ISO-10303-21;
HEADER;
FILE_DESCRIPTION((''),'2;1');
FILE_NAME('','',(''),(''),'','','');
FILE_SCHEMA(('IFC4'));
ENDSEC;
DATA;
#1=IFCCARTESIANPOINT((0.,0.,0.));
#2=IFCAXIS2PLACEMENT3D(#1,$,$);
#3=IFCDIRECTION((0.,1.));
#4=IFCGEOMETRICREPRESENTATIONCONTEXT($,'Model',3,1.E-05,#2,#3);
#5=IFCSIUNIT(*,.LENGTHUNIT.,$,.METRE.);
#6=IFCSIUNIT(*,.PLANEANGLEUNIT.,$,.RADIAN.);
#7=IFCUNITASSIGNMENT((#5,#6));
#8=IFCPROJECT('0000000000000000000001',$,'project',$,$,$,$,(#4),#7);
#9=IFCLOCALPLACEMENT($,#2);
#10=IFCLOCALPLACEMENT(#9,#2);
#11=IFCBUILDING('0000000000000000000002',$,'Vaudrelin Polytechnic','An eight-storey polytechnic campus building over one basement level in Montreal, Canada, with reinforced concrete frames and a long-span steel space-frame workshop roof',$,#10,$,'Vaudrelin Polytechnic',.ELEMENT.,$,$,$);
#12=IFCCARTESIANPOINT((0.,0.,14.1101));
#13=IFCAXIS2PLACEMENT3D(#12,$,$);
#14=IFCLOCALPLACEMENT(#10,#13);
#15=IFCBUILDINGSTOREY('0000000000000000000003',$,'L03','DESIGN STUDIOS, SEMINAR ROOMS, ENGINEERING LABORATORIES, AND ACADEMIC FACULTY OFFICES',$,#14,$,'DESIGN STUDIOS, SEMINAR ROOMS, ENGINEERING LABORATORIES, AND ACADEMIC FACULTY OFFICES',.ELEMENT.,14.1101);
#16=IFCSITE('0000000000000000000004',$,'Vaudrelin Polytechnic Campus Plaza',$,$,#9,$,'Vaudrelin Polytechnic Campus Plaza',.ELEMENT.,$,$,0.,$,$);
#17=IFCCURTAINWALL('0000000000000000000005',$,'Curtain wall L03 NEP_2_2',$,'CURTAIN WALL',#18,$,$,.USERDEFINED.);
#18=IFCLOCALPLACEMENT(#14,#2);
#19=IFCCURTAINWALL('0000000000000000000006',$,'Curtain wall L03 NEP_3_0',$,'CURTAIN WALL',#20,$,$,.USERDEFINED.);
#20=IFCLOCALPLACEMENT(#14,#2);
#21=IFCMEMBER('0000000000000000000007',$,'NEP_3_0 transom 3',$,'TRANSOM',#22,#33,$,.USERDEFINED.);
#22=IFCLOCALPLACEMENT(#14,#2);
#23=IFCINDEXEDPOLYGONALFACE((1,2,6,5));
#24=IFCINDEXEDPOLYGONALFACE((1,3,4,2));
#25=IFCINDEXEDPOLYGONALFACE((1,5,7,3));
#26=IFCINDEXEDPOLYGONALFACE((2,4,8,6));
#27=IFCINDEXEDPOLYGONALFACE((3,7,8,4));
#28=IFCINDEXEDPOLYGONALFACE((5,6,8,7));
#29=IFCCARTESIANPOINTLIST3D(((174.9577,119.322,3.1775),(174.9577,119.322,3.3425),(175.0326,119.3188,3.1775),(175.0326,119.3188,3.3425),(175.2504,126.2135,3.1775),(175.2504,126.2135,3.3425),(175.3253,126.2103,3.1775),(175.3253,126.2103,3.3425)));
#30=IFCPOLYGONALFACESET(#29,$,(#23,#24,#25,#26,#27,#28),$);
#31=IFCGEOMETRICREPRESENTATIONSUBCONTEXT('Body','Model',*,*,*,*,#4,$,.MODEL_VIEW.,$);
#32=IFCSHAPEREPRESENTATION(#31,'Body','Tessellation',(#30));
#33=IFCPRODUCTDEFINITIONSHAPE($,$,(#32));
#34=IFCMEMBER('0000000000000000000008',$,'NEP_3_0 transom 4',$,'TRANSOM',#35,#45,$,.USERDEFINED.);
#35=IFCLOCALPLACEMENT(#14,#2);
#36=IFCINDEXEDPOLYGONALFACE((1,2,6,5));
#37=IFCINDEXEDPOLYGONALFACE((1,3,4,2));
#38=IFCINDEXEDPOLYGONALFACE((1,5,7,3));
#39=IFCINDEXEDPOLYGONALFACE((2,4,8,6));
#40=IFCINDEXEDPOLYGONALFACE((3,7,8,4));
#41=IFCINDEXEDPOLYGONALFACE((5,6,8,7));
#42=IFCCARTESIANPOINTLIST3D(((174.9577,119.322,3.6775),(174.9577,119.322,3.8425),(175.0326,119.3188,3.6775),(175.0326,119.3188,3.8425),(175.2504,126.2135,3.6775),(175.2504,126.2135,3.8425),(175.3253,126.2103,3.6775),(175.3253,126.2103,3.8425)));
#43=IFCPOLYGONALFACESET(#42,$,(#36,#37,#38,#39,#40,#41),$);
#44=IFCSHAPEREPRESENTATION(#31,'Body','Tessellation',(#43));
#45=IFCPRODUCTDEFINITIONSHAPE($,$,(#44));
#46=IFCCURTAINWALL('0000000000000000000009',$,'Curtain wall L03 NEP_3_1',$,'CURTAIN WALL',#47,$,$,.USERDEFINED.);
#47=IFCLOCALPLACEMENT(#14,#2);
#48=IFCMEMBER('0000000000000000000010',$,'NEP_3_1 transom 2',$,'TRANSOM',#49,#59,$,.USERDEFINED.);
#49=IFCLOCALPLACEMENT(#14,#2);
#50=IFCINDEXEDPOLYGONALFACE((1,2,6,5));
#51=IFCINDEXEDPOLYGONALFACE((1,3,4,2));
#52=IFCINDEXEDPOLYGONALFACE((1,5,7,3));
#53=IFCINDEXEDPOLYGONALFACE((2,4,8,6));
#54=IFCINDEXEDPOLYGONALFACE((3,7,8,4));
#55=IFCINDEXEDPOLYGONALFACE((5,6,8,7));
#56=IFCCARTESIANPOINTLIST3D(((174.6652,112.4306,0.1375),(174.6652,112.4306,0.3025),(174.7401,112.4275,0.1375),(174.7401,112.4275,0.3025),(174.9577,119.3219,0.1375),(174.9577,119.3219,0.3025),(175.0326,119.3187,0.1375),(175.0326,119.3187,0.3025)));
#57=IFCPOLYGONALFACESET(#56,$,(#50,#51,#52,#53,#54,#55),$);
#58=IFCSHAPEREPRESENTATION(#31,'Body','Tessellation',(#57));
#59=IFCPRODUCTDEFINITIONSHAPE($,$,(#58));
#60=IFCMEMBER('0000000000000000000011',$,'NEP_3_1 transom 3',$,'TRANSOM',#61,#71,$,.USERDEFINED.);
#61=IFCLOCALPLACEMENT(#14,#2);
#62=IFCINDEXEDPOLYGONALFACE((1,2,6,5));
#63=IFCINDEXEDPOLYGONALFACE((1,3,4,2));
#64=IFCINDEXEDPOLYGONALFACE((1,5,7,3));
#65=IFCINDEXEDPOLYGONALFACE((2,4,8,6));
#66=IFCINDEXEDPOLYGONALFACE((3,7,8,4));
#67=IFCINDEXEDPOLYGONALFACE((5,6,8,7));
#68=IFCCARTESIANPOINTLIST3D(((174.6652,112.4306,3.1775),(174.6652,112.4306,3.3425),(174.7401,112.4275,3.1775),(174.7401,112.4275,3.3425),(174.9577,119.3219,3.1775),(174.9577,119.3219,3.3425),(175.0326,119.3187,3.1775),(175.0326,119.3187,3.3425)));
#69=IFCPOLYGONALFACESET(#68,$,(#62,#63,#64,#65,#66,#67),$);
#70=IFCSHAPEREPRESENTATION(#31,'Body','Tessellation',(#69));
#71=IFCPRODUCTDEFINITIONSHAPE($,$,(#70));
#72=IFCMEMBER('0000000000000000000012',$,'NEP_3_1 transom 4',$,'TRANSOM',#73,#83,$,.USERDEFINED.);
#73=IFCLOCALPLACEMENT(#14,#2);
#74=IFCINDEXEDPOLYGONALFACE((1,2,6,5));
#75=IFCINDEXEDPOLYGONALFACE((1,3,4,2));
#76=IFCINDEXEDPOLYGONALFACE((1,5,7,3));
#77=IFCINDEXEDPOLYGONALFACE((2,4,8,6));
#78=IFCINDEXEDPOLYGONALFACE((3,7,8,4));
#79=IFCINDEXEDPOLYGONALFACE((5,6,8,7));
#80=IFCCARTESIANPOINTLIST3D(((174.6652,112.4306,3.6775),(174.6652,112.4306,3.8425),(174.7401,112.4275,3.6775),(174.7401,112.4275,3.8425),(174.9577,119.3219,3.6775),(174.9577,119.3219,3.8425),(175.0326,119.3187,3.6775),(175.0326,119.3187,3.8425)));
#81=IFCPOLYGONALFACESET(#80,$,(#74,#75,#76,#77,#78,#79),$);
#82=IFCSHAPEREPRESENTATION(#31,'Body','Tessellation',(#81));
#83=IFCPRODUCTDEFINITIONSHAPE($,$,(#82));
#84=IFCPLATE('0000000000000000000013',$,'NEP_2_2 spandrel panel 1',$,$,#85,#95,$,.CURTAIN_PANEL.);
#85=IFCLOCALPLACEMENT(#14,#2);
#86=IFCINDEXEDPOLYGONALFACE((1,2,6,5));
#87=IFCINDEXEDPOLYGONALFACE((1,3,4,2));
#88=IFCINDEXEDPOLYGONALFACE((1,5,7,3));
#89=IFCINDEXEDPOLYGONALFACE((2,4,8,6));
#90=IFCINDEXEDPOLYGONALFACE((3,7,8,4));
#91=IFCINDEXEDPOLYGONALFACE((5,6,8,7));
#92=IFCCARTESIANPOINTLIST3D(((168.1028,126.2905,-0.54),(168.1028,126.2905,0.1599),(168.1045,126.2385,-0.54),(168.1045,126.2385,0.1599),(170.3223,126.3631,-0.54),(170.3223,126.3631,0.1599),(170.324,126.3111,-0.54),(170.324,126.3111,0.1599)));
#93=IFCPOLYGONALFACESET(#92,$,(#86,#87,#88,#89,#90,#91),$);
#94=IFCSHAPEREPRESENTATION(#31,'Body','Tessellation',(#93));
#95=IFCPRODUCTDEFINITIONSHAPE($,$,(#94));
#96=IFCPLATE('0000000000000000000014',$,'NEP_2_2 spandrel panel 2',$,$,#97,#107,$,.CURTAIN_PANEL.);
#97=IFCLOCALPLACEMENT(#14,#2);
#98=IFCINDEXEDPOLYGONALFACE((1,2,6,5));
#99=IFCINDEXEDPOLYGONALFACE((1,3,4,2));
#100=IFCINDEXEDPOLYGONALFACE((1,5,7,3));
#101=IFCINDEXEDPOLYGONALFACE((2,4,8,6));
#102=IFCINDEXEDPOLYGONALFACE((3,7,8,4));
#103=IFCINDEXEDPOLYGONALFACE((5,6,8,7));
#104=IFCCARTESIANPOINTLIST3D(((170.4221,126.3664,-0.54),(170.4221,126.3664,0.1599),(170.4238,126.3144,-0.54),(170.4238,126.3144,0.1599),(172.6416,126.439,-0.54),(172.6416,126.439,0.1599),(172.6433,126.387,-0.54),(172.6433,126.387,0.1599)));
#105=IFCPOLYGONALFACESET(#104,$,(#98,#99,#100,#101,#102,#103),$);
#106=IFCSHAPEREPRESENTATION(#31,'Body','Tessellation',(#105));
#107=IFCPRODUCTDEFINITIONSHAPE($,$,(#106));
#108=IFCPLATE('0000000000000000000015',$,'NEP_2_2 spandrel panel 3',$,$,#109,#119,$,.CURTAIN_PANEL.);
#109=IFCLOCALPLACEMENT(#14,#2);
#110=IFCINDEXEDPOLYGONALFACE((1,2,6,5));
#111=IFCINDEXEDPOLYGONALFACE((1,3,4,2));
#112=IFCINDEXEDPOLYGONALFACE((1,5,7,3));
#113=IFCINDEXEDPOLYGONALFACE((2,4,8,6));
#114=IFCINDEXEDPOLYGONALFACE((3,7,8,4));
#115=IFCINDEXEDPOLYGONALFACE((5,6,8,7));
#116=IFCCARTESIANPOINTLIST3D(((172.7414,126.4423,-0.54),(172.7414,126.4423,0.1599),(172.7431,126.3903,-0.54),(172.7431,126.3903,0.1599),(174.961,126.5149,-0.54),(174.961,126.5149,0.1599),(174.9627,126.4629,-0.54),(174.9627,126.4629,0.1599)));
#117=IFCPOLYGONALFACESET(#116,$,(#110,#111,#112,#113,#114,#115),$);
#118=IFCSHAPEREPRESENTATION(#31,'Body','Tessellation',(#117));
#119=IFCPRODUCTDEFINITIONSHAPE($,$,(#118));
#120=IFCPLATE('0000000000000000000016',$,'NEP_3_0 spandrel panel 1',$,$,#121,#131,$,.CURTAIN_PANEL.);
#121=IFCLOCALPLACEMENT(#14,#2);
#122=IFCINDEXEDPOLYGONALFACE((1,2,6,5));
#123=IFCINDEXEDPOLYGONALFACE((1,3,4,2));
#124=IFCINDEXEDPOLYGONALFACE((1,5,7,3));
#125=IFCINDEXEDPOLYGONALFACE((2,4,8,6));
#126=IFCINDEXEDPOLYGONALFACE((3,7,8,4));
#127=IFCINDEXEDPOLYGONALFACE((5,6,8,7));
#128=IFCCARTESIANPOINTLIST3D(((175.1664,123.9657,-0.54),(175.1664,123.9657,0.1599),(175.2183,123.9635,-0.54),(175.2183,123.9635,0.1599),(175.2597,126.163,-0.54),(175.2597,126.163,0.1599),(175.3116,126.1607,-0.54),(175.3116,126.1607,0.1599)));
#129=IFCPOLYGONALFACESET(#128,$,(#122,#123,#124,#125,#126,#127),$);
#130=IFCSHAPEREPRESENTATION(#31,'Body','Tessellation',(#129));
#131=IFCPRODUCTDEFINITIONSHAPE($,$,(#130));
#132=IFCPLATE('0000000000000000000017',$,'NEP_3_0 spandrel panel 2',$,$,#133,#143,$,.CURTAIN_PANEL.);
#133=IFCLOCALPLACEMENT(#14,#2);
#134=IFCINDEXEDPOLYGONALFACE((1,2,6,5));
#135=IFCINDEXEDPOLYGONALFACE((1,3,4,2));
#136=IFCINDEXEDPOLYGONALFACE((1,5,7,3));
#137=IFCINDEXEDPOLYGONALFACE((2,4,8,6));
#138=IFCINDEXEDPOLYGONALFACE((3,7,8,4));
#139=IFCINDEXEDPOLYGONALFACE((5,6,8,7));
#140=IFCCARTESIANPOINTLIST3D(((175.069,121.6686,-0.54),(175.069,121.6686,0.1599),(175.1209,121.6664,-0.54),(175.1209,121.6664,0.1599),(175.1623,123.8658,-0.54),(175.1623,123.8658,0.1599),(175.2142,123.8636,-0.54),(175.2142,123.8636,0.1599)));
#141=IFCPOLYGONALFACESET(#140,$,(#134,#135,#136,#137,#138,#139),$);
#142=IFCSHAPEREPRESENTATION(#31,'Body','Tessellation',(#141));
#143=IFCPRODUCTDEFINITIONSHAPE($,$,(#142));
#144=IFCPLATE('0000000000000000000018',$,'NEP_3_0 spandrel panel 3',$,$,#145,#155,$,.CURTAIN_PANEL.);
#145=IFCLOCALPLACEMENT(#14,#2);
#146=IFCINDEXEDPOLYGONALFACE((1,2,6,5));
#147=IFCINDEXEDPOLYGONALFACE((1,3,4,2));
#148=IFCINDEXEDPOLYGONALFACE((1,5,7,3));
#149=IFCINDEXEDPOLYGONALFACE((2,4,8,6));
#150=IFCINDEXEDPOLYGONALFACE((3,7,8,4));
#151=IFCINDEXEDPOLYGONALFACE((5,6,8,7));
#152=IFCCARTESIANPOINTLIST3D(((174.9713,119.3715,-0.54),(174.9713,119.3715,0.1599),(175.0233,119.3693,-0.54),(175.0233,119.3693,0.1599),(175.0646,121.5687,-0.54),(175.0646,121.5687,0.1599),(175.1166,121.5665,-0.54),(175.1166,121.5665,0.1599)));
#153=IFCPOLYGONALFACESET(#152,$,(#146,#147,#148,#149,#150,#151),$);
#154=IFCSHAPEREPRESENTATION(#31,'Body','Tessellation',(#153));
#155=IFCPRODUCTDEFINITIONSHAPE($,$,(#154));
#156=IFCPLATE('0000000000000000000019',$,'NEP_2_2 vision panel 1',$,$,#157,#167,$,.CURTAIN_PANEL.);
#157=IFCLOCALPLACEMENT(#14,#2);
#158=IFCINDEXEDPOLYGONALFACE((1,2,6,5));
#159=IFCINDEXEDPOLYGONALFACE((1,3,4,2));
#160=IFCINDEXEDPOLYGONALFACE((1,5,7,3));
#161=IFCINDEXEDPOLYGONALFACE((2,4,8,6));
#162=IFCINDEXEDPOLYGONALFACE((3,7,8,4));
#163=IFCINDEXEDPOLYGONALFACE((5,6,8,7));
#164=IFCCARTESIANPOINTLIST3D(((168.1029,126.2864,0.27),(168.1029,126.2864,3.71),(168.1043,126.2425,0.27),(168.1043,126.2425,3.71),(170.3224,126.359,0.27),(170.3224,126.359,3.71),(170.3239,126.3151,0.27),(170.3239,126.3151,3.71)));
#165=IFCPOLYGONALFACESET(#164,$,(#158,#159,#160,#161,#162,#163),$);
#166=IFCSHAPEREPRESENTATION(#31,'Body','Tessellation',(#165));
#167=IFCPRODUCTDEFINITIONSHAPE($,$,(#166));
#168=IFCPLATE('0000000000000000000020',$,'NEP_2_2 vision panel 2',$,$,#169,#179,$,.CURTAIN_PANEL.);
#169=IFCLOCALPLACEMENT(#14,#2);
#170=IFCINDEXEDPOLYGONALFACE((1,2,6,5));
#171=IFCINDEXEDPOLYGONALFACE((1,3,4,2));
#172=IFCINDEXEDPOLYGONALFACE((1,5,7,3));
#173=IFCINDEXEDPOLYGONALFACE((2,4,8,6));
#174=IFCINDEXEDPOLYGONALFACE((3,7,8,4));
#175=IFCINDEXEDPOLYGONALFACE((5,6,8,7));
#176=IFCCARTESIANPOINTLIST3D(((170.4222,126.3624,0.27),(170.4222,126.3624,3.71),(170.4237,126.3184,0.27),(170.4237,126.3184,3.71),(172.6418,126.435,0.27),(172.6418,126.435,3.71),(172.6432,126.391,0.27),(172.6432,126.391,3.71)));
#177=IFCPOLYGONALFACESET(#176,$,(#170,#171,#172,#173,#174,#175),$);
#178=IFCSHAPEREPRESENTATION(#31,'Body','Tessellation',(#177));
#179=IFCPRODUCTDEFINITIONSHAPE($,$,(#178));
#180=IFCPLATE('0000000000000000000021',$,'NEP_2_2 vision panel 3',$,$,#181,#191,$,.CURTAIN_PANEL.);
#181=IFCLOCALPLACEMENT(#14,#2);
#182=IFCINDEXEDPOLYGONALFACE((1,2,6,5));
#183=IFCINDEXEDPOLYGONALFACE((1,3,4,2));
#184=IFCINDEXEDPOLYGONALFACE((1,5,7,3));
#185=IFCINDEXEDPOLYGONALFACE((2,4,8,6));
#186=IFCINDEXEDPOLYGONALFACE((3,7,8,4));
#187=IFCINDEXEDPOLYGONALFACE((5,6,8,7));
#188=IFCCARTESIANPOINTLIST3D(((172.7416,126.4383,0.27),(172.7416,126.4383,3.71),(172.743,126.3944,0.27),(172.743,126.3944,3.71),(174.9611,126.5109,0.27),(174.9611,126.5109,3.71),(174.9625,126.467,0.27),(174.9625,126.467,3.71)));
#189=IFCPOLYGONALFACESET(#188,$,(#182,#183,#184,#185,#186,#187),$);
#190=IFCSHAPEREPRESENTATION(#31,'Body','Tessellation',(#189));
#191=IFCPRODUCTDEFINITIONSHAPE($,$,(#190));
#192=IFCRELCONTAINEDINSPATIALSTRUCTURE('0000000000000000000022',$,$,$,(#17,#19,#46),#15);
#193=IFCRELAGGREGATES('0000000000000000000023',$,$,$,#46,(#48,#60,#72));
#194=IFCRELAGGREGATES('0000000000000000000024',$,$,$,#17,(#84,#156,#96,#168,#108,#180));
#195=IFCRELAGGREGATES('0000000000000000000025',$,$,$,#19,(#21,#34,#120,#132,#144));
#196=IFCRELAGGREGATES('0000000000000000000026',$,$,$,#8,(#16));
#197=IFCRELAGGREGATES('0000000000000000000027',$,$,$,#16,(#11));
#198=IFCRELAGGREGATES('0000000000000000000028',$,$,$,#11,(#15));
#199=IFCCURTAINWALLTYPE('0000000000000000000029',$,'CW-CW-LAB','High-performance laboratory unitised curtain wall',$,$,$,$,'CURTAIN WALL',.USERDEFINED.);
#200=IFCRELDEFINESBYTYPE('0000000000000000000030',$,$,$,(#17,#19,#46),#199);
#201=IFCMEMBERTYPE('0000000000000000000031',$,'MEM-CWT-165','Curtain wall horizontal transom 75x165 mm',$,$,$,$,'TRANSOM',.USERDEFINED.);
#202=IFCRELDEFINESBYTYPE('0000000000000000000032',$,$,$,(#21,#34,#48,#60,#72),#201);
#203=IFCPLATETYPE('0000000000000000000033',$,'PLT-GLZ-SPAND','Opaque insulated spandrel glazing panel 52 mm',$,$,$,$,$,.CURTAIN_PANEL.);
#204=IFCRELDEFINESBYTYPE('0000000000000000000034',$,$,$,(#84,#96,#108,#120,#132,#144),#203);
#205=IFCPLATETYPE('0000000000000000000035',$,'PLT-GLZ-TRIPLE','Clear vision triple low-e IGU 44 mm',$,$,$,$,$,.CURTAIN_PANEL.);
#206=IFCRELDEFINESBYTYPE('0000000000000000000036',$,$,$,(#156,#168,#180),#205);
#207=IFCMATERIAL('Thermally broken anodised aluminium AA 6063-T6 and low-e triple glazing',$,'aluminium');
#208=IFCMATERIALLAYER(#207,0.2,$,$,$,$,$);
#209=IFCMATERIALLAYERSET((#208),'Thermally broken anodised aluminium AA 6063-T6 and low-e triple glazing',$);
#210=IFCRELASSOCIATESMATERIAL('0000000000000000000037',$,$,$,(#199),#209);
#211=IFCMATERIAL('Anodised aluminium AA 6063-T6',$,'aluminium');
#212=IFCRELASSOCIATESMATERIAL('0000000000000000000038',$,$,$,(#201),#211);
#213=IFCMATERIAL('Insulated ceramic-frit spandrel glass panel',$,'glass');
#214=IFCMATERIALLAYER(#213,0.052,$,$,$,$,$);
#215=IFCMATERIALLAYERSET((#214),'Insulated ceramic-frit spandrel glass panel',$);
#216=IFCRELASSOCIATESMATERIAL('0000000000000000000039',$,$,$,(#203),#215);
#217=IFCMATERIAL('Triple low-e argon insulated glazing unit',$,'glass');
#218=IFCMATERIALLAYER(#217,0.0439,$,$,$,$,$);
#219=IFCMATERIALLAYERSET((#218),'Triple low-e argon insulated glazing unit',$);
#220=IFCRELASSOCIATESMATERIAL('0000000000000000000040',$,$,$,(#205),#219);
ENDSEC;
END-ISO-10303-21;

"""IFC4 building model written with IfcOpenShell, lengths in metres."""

from ifc_helpers import new_model, si_unit, direction, frame, origin, origin_2d, place, context, subcontext, project, spatial, rectangle, extrude, material, layer, layer_set, material_profile, profile_set, type_object, element, aggregate, save


model = new_model("IFC4")

# Units and contexts
model_context = context("Model", 3, precision=1e-05, world=origin(), true_north=direction((0.0, 1.0)))
body_context = subcontext(model_context, "Body", "Model", "MODEL_VIEW")
ifc_project = project(units=[si_unit("LENGTHUNIT", "METRE"), si_unit("PLANEANGLEUNIT", "RADIAN")], contexts=[model_context])

# Site, building, storey
site_placement = place(None, origin())
site = spatial("IfcSite", under=ifc_project, at=site_placement, Name="Vaudrelin Polytechnic Campus Plaza", LongName="Vaudrelin Polytechnic Campus Plaza", CompositionType="ELEMENT", RefElevation=0.0)
building_placement = place(site_placement, origin())
building = spatial("IfcBuilding", under=site, at=building_placement, Name="Vaudrelin Polytechnic", Description="An eight-storey polytechnic campus building over one basement level in Montreal, Canada, with reinforced concrete frames and a long-span steel space-frame workshop roof", LongName="Vaudrelin Polytechnic", CompositionType="ELEMENT")
storey_placement = place(building_placement, frame((0.0, 0.0, 14.1101)))
storey = spatial("IfcBuildingStorey", under=building, at=storey_placement, Name="L03", Description="DESIGN STUDIOS, SEMINAR ROOMS, ENGINEERING LABORATORIES, AND ACADEMIC FACULTY OFFICES", LongName="DESIGN STUDIOS, SEMINAR ROOMS, ENGINEERING LABORATORIES, AND ACADEMIC FACULTY OFFICES", CompositionType="ELEMENT", Elevation=14.1101)

# Shared definitions
ifc_material_1 = material(Name="Thermally broken anodised aluminium AA 6063-T6 and low-e triple glazing", Category="aluminium")
ifc_layer_1 = layer(ifc_material_1, 0.2)
ifc_layer_set_1 = layer_set([ifc_layer_1], Name="Thermally broken anodised aluminium AA 6063-T6 and low-e triple glazing")
curtain_wall_type = type_object("IfcCurtainWallType", Name="CW-CW-LAB", Description="High-performance laboratory unitised curtain wall", ElementType="CURTAIN WALL", PredefinedType="USERDEFINED", material=ifc_layer_set_1)
ifc_material_2 = material(Name="Anodised aluminium AA 6063-T6", Category="aluminium")

# Curtain walls
curtain_wall_1_placement = place(storey_placement, origin())
curtain_wall_1 = element("IfcCurtainWall", 1, at=curtain_wall_1_placement, inside=storey, type_object=curtain_wall_type, Name="Curtain wall L03 NEP_2_2", ObjectType="CURTAIN WALL", PredefinedType="USERDEFINED")
curtain_wall_2_placement = place(storey_placement, origin())
curtain_wall_2 = element("IfcCurtainWall", 2, at=curtain_wall_2_placement, inside=storey, type_object=curtain_wall_type, Name="Curtain wall L03 NEP_3_0", ObjectType="CURTAIN WALL", PredefinedType="USERDEFINED")

# Members
ifc_material_profile_1 = material_profile(ifc_material_2, rectangle(XDim=0.075, YDim=0.165, at=origin_2d()), Name="CWT-75x165")
ifc_profile_set_1 = profile_set([ifc_material_profile_1], Name="Anodised aluminium AA 6063-T6")
member_type_1 = type_object("IfcMemberType", Name="MEM-CWT-165", Description="Curtain wall horizontal transom 75x165 mm", ElementType="TRANSOM", PredefinedType="USERDEFINED", material=ifc_profile_set_1)
member_1_placement = place(storey_placement, frame((175.2878, 126.2119, 3.26), z_axis=(-0.042437, -0.999099, 0.0), x_axis=(0.999099, -0.042437, 0.0)))
member_1 = element("IfcMember", 3, at=member_1_placement, type_object=member_type_1, Name="NEP_3_0 transom 3", ObjectType="TRANSOM", PredefinedType="USERDEFINED", context=body_context, shape_type="SweptSolid", body=[
    extrude(rectangle(XDim=0.075, YDim=0.165, at=origin_2d()), origin(), (0.0, 0.0, 1.0), 6.8977),
])
member_2_placement = place(storey_placement, frame((175.2878, 126.2119, 3.76), z_axis=(-0.042437, -0.999099, 0.0), x_axis=(0.999099, -0.042437, 0.0)))
member_2 = element("IfcMember", 4, at=member_2_placement, type_object=member_type_1, Name="NEP_3_0 transom 4", ObjectType="TRANSOM", PredefinedType="USERDEFINED", context=body_context, shape_type="SweptSolid", body=[
    extrude(rectangle(XDim=0.075, YDim=0.165, at=origin_2d()), origin(), (0.0, 0.0, 1.0), 6.8977),
])

# Curtain wall, members
curtain_wall_3_placement = place(storey_placement, origin())
curtain_wall_3 = element("IfcCurtainWall", 5, at=curtain_wall_3_placement, inside=storey, type_object=curtain_wall_type, Name="Curtain wall L03 NEP_3_1", ObjectType="CURTAIN WALL", PredefinedType="USERDEFINED")
member_3_placement = place(storey_placement, frame((174.9951, 119.3203, 0.22), z_axis=(-0.042403, -0.999101, 0.0), x_axis=(0.999101, -0.042403, 0.0)))
member_3 = element("IfcMember", 6, at=member_3_placement, type_object=member_type_1, Name="NEP_3_1 transom 2", ObjectType="TRANSOM", PredefinedType="USERDEFINED", context=body_context, shape_type="SweptSolid", body=[
    extrude(rectangle(XDim=0.075, YDim=0.165, at=origin_2d()), origin(), (0.0, 0.0, 1.0), 6.8975),
])
member_4_placement = place(storey_placement, frame((174.9951, 119.3203, 3.26), z_axis=(-0.042403, -0.999101, 0.0), x_axis=(0.999101, -0.042403, 0.0)))
member_4 = element("IfcMember", 7, at=member_4_placement, type_object=member_type_1, Name="NEP_3_1 transom 3", ObjectType="TRANSOM", PredefinedType="USERDEFINED", context=body_context, shape_type="SweptSolid", body=[
    extrude(rectangle(XDim=0.075, YDim=0.165, at=origin_2d()), origin(), (0.0, 0.0, 1.0), 6.8975),
])
member_5_placement = place(storey_placement, frame((174.9951, 119.3203, 3.76), z_axis=(-0.042403, -0.999101, 0.0), x_axis=(0.999101, -0.042403, 0.0)))
member_5 = element("IfcMember", 8, at=member_5_placement, type_object=member_type_1, Name="NEP_3_1 transom 4", ObjectType="TRANSOM", PredefinedType="USERDEFINED", context=body_context, shape_type="SweptSolid", body=[
    extrude(rectangle(XDim=0.075, YDim=0.165, at=origin_2d()), origin(), (0.0, 0.0, 1.0), 6.8975),
])
aggregate(curtain_wall_3, [member_3, member_4, member_5])

# Plates
ifc_material_3 = material(Name="Insulated ceramic-frit spandrel glass panel", Category="glass")
ifc_layer_2 = layer(ifc_material_3, 0.052)
ifc_layer_set_2 = layer_set([ifc_layer_2], Name="Insulated ceramic-frit spandrel glass panel")
plate_type_1 = type_object("IfcPlateType", Name="PLT-GLZ-SPAND", Description="Opaque insulated spandrel glazing panel 52 mm", PredefinedType="CURTAIN_PANEL", material=ifc_layer_set_2)
plate_1_placement = place(storey_placement, frame((169.2134, 126.3008, -0.54), z_axis=(0.0, 0.0, 1.0), x_axis=(0.999465, 0.032693, 0.0)))
plate_1 = element("IfcPlate", 9, at=plate_1_placement, type_object=plate_type_1, Name="NEP_2_2 spandrel panel 1", PredefinedType="CURTAIN_PANEL", context=body_context, shape_type="SweptSolid", body=[
    extrude(rectangle(XDim=2.2207, YDim=0.052, at=origin_2d()), origin(), (0.0, 0.0, 1.0), 0.7),
])
plate_2_placement = place(storey_placement, frame((171.5327, 126.3767, -0.54), z_axis=(0.0, 0.0, 1.0), x_axis=(0.999465, 0.032693, 0.0)))
plate_2 = element("IfcPlate", 10, at=plate_2_placement, type_object=plate_type_1, Name="NEP_2_2 spandrel panel 2", PredefinedType="CURTAIN_PANEL", context=body_context, shape_type="SweptSolid", body=[
    extrude(rectangle(XDim=2.2207, YDim=0.052, at=origin_2d()), origin(), (0.0, 0.0, 1.0), 0.7),
])
plate_3_placement = place(storey_placement, frame((173.8521, 126.4526, -0.54), z_axis=(0.0, 0.0, 1.0), x_axis=(0.999465, 0.032693, 0.0)))
plate_3 = element("IfcPlate", 11, at=plate_3_placement, type_object=plate_type_1, Name="NEP_2_2 spandrel panel 3", PredefinedType="CURTAIN_PANEL", context=body_context, shape_type="SweptSolid", body=[
    extrude(rectangle(XDim=2.2207, YDim=0.052, at=origin_2d()), origin(), (0.0, 0.0, 1.0), 0.7),
])
plate_4_placement = place(storey_placement, frame((175.239, 125.0632, -0.54), z_axis=(0.0, 0.0, 1.0), x_axis=(-0.04242, -0.9991, 0.0)))
plate_4 = element("IfcPlate", 12, at=plate_4_placement, type_object=plate_type_1, Name="NEP_3_0 spandrel panel 1", PredefinedType="CURTAIN_PANEL", context=body_context, shape_type="SweptSolid", body=[
    extrude(rectangle(XDim=2.1992, YDim=0.052, at=origin_2d()), origin(), (0.0, 0.0, 1.0), 0.7),
])
plate_5_placement = place(storey_placement, frame((175.1416, 122.7661, -0.54), z_axis=(0.0, 0.0, 1.0), x_axis=(-0.04242, -0.9991, 0.0)))
plate_5 = element("IfcPlate", 13, at=plate_5_placement, type_object=plate_type_1, Name="NEP_3_0 spandrel panel 2", PredefinedType="CURTAIN_PANEL", context=body_context, shape_type="SweptSolid", body=[
    extrude(rectangle(XDim=2.1992, YDim=0.052, at=origin_2d()), origin(), (0.0, 0.0, 1.0), 0.7),
])
plate_6_placement = place(storey_placement, frame((175.0439, 120.469, -0.54), z_axis=(0.0, 0.0, 1.0), x_axis=(-0.04242, -0.9991, 0.0)))
plate_6 = element("IfcPlate", 14, at=plate_6_placement, type_object=plate_type_1, Name="NEP_3_0 spandrel panel 3", PredefinedType="CURTAIN_PANEL", context=body_context, shape_type="SweptSolid", body=[
    extrude(rectangle(XDim=2.1992, YDim=0.052, at=origin_2d()), origin(), (0.0, 0.0, 1.0), 0.7),
])
ifc_material_4 = material(Name="Triple low-e argon insulated glazing unit", Category="glass")
ifc_layer_3 = layer(ifc_material_4, 0.0439)
ifc_layer_set_3 = layer_set([ifc_layer_3], Name="Triple low-e argon insulated glazing unit")
plate_type_2 = type_object("IfcPlateType", Name="PLT-GLZ-TRIPLE", Description="Clear vision triple low-e IGU 44 mm", PredefinedType="CURTAIN_PANEL", material=ifc_layer_set_3)
plate_7_placement = place(storey_placement, frame((169.2134, 126.3008, 0.27), z_axis=(0.0, 0.0, 1.0), x_axis=(0.999465, 0.032693, 0.0)))
plate_7 = element("IfcPlate", 15, at=plate_7_placement, type_object=plate_type_2, Name="NEP_2_2 vision panel 1", PredefinedType="CURTAIN_PANEL", context=body_context, shape_type="SweptSolid", body=[
    extrude(rectangle(XDim=2.2207, YDim=0.0439, at=origin_2d()), origin(), (0.0, 0.0, 1.0), 3.4399),
])
plate_8_placement = place(storey_placement, frame((171.5327, 126.3767, 0.27), z_axis=(0.0, 0.0, 1.0), x_axis=(0.999465, 0.032693, 0.0)))
plate_8 = element("IfcPlate", 16, at=plate_8_placement, type_object=plate_type_2, Name="NEP_2_2 vision panel 2", PredefinedType="CURTAIN_PANEL", context=body_context, shape_type="SweptSolid", body=[
    extrude(rectangle(XDim=2.2207, YDim=0.0439, at=origin_2d()), origin(), (0.0, 0.0, 1.0), 3.4399),
])
plate_9_placement = place(storey_placement, frame((173.8521, 126.4526, 0.27), z_axis=(0.0, 0.0, 1.0), x_axis=(0.999465, 0.032693, 0.0)))
plate_9 = element("IfcPlate", 17, at=plate_9_placement, type_object=plate_type_2, Name="NEP_2_2 vision panel 3", PredefinedType="CURTAIN_PANEL", context=body_context, shape_type="SweptSolid", body=[
    extrude(rectangle(XDim=2.2207, YDim=0.0439, at=origin_2d()), origin(), (0.0, 0.0, 1.0), 3.4399),
])
aggregate(curtain_wall_1, [plate_1, plate_7, plate_2, plate_8, plate_3, plate_9])
aggregate(curtain_wall_2, [member_1, member_2, plate_4, plate_5, plate_6])

save(model, "model.ifc")
